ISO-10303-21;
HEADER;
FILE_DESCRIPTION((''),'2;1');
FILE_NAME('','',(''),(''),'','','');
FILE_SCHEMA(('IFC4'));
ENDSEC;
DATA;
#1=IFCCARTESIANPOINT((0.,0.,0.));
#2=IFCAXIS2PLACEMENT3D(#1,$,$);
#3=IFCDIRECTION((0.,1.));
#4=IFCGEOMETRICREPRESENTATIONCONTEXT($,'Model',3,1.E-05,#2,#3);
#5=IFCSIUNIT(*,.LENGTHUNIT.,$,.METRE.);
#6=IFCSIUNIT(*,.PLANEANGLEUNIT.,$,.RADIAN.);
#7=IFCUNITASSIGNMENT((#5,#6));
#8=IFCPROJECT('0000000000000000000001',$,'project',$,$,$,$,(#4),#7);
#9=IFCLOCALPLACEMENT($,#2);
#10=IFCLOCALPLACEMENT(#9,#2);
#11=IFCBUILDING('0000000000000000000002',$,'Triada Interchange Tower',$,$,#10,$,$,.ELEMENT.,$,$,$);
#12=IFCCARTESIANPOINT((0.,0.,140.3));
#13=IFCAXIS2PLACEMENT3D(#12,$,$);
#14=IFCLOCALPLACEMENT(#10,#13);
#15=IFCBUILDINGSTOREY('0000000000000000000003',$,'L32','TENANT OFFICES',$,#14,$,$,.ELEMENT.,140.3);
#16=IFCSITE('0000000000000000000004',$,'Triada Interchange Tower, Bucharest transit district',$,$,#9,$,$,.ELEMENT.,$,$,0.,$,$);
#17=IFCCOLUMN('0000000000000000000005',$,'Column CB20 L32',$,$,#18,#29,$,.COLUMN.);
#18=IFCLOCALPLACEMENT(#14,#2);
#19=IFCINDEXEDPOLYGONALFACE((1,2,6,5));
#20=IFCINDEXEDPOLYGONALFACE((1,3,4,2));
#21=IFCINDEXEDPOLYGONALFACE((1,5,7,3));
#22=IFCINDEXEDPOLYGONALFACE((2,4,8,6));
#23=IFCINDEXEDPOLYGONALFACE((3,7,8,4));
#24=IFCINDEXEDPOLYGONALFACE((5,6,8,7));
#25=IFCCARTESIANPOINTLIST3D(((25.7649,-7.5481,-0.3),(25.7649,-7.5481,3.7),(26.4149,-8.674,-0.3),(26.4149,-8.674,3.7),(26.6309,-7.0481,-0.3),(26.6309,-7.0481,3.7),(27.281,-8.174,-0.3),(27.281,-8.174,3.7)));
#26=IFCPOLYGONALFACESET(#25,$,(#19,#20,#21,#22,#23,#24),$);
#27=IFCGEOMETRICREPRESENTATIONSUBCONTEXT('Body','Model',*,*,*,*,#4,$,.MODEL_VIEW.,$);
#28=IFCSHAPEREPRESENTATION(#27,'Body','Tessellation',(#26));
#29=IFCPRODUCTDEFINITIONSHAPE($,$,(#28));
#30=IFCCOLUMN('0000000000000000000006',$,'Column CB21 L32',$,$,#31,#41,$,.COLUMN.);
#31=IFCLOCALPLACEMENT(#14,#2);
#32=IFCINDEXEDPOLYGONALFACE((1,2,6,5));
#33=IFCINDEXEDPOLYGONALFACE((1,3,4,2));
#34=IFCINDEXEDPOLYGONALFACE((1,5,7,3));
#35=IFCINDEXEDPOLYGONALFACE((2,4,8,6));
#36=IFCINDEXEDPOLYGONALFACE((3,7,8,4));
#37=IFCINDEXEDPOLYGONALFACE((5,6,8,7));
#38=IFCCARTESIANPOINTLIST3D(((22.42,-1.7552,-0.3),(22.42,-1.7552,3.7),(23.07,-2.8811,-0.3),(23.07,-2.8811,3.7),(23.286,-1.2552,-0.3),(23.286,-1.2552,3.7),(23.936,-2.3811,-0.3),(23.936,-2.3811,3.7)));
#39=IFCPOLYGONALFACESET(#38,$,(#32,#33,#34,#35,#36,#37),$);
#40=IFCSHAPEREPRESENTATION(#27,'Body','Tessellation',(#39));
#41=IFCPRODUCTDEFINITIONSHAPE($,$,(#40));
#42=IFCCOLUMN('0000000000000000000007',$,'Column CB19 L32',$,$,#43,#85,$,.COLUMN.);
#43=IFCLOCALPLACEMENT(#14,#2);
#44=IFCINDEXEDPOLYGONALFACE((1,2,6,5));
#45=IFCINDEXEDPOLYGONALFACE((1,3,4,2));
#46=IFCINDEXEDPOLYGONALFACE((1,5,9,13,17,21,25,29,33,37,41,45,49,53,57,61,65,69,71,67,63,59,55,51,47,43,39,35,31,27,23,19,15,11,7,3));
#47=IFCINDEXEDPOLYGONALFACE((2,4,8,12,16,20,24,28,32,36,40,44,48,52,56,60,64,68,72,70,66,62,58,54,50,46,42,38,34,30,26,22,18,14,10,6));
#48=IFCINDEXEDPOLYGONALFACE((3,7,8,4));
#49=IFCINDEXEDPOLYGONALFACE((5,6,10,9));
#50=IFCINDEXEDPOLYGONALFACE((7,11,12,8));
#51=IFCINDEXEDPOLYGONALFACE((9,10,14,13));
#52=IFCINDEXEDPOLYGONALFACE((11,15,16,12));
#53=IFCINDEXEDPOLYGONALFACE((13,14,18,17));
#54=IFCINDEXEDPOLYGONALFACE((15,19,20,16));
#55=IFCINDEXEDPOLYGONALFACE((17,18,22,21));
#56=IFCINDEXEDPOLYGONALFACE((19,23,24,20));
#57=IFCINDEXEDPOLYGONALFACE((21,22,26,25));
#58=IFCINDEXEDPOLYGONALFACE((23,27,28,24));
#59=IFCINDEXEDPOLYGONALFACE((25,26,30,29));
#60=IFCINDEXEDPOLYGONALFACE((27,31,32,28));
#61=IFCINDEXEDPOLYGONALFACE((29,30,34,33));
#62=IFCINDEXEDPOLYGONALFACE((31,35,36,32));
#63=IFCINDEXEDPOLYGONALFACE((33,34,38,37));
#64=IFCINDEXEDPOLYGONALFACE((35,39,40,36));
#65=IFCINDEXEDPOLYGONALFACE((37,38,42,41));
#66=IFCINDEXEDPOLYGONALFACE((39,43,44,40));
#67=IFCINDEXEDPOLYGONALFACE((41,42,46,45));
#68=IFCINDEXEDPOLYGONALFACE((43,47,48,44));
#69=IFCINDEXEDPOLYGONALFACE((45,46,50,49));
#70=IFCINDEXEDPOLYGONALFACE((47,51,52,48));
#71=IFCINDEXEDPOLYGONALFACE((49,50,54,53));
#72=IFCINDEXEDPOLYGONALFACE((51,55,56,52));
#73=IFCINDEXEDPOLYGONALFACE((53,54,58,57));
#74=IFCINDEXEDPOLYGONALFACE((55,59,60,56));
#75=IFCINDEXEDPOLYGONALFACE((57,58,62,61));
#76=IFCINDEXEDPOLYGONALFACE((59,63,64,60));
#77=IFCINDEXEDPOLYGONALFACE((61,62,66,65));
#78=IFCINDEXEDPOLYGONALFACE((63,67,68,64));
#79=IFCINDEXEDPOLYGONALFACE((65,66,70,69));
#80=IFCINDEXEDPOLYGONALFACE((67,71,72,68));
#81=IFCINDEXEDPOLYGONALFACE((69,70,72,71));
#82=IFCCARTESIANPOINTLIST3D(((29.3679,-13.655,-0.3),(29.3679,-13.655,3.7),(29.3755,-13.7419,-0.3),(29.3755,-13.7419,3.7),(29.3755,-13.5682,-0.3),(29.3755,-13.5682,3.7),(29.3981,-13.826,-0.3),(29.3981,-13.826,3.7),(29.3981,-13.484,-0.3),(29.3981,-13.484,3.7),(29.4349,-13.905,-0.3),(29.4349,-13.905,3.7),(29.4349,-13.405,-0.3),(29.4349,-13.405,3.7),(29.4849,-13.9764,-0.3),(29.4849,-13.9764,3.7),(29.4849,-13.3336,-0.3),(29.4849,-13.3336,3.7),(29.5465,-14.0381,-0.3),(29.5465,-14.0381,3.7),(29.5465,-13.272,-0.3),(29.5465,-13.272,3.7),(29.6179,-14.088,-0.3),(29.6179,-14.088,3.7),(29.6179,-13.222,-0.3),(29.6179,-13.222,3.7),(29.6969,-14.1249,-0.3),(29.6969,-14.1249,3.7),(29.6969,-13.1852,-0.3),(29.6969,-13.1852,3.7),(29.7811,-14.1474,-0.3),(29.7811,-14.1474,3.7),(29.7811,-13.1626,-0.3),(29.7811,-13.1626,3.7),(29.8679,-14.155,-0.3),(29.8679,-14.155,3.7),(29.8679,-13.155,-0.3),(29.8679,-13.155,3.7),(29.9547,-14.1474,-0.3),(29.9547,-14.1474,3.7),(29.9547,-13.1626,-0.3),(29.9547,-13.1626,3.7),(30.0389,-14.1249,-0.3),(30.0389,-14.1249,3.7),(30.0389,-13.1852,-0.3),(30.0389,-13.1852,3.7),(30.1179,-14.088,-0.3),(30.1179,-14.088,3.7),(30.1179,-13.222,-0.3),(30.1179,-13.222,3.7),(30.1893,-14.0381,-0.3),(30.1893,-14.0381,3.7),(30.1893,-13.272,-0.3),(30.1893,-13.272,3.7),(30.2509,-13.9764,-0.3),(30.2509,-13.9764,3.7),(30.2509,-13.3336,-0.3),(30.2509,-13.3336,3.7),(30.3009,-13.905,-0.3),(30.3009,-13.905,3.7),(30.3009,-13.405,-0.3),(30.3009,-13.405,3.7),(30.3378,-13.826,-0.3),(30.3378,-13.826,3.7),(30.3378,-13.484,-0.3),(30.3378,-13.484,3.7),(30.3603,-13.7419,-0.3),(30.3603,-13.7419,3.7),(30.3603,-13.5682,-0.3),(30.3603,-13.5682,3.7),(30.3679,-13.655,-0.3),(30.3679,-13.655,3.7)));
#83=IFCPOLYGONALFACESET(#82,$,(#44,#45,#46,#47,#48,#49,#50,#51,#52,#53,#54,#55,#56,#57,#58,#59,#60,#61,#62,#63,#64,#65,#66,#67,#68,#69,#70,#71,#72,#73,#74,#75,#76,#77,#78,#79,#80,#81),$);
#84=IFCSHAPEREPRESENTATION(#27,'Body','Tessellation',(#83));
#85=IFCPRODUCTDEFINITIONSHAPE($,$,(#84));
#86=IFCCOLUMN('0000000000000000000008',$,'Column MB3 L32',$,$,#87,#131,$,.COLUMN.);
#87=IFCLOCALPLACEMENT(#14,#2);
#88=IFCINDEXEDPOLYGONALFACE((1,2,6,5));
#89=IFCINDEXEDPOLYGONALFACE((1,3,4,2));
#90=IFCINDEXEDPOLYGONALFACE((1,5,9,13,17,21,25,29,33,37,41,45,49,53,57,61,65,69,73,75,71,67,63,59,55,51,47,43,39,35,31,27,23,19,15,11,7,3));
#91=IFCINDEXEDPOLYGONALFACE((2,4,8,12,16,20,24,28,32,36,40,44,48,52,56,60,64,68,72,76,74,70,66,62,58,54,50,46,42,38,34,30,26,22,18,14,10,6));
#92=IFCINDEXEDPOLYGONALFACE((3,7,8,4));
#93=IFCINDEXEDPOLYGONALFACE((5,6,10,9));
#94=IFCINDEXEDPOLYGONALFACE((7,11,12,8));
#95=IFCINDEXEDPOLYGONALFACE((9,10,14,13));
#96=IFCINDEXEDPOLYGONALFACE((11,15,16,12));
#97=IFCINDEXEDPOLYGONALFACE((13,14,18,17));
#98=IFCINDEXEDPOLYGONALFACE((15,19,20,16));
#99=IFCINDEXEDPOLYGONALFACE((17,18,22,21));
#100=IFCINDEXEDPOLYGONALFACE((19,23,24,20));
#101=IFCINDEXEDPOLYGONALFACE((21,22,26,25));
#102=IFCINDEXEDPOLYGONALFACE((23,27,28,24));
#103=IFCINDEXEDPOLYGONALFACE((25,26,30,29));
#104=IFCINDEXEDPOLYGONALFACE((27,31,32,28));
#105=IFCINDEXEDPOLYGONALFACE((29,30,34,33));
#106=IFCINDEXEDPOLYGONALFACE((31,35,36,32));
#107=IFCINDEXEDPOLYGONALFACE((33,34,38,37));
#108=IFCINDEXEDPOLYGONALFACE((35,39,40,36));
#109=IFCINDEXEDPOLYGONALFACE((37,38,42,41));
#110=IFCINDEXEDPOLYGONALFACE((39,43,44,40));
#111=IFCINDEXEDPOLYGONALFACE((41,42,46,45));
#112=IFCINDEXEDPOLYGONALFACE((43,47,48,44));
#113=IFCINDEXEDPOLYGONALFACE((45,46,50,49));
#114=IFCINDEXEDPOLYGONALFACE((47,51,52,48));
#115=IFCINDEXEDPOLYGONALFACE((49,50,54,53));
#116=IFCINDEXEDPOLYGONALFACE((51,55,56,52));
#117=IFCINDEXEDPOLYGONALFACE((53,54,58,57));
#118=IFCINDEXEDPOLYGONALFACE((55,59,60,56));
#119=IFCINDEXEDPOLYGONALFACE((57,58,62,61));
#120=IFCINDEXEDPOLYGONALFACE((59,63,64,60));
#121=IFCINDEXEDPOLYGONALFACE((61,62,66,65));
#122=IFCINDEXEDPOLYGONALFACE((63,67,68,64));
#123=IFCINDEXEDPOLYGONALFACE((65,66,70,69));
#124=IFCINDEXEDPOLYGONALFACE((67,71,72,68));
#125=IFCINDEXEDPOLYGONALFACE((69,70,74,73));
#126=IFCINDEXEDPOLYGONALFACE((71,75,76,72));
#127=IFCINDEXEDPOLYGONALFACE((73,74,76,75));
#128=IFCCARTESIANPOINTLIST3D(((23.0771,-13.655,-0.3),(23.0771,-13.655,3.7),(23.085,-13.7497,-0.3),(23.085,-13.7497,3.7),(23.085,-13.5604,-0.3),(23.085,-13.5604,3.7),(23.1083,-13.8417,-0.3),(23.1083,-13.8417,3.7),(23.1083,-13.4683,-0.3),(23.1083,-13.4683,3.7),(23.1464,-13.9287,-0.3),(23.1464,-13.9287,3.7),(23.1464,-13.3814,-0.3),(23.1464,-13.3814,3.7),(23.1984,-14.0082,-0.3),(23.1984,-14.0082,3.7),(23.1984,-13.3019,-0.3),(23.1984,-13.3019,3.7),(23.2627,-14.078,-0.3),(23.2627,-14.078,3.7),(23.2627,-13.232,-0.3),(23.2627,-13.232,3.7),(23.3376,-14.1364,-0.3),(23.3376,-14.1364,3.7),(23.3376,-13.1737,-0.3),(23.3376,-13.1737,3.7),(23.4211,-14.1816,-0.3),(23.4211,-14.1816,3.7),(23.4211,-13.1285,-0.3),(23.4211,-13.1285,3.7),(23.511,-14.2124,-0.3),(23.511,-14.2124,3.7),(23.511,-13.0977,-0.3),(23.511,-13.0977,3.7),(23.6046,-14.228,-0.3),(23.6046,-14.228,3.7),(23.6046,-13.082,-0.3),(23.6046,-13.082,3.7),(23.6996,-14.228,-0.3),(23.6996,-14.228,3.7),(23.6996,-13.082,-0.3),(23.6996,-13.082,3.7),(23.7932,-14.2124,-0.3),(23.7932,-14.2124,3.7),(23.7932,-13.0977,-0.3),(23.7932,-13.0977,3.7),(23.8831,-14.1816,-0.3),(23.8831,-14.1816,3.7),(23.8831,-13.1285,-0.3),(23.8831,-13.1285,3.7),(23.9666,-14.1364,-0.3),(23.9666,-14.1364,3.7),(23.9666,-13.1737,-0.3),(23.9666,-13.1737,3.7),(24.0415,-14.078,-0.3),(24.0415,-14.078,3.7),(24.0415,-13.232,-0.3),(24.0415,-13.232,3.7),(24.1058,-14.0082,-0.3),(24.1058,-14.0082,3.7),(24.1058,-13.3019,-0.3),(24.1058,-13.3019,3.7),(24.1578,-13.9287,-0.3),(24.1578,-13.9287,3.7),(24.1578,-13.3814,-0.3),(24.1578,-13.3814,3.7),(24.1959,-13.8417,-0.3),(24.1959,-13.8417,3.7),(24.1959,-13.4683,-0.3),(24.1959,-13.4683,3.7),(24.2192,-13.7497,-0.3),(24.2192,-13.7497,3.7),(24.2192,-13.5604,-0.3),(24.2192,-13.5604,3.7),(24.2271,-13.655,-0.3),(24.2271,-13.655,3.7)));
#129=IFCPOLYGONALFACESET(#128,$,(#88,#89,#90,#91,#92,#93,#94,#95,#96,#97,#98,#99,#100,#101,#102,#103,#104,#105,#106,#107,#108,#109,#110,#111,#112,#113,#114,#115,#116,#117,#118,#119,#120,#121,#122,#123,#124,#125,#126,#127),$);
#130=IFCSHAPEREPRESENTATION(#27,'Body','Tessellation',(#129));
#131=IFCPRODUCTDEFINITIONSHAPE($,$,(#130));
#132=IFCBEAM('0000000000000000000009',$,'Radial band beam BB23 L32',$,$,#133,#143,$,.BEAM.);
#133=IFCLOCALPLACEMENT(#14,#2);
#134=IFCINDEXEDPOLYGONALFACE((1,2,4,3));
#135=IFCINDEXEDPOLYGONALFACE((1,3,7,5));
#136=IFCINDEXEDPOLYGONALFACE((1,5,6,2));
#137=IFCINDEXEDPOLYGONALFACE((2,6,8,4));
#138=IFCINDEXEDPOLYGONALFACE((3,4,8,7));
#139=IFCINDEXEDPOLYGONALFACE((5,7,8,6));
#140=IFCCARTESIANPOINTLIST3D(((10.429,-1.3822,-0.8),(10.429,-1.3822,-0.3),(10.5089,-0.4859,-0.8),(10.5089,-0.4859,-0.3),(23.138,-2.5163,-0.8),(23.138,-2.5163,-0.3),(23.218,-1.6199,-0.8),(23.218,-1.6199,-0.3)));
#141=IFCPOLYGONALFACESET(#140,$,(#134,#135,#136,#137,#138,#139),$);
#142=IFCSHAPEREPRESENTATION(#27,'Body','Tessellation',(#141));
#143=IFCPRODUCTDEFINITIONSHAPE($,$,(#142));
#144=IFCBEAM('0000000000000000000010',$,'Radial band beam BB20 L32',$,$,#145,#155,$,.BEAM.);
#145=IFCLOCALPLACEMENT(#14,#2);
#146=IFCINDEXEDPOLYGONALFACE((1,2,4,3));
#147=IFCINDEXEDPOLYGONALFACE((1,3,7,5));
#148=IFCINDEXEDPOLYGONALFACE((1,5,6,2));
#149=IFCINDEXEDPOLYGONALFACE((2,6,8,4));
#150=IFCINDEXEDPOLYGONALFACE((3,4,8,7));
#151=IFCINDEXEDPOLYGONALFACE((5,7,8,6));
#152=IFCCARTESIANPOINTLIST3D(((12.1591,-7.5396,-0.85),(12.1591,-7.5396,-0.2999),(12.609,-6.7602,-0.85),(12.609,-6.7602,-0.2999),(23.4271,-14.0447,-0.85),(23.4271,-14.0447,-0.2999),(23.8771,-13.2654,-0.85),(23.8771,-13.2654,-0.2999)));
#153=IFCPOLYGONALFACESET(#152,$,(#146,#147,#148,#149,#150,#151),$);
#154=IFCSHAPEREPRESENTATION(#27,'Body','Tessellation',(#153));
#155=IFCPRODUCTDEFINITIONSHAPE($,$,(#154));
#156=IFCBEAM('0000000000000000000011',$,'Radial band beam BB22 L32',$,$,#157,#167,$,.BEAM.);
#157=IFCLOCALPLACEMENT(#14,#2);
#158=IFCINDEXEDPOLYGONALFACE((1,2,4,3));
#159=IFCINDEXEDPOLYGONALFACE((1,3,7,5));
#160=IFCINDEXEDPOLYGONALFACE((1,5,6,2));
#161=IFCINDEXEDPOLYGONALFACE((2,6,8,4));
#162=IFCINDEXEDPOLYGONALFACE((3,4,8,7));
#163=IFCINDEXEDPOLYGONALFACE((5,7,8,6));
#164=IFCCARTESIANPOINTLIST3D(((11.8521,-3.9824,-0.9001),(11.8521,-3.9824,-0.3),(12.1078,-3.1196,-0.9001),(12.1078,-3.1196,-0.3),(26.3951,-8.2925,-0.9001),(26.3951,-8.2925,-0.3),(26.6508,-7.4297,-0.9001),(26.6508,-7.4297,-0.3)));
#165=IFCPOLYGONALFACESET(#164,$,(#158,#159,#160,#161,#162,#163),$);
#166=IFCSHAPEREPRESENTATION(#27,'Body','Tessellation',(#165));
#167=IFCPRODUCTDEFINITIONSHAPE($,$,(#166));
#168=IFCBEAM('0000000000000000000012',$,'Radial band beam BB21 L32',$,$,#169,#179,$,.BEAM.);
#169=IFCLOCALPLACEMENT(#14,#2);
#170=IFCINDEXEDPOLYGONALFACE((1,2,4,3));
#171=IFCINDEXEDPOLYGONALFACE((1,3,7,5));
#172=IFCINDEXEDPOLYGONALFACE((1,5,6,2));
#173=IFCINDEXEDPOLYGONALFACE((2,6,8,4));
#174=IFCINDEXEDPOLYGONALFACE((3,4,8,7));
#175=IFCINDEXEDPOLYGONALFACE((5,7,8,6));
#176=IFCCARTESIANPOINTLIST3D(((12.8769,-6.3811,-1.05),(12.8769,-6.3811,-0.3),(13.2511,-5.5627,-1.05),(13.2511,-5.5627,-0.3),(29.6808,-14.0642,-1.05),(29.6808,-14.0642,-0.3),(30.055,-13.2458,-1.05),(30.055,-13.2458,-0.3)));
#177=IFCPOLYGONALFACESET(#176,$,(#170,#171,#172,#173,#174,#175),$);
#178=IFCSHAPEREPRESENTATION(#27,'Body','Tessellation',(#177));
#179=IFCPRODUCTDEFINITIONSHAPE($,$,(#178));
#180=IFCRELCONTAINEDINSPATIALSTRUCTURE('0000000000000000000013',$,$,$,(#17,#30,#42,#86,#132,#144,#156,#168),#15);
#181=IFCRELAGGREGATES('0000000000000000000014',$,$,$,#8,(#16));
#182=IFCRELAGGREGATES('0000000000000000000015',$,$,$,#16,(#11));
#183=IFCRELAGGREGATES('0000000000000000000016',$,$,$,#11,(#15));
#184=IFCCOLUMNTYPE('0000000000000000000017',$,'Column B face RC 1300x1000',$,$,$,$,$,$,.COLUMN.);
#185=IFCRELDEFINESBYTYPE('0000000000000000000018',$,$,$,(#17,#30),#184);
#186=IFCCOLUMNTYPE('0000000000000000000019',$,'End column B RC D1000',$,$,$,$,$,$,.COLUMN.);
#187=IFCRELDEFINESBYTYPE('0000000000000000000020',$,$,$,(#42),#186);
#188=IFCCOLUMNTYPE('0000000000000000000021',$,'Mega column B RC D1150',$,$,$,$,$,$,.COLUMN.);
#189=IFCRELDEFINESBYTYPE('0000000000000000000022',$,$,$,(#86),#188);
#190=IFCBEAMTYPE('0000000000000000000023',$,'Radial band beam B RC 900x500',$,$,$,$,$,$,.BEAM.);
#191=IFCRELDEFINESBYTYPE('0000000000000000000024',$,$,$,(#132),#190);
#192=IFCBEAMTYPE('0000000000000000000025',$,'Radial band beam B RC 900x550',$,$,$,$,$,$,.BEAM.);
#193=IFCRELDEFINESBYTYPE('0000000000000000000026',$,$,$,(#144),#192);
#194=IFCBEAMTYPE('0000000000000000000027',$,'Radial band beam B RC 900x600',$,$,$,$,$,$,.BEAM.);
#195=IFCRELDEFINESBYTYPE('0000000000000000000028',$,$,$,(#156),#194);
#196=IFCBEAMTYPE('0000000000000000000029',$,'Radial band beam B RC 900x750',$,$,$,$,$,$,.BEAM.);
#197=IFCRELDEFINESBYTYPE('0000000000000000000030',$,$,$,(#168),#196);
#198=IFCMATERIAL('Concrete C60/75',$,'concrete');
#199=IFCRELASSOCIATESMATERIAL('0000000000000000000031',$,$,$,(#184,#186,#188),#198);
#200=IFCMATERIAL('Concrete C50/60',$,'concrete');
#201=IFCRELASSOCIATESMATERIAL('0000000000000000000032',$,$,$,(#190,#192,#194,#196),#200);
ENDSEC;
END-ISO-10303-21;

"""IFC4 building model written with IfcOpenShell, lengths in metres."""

from ifc_helpers import new_model, si_unit, direction, frame, origin, origin_2d, place, context, subcontext, project, spatial, rectangle, circle, extrude, material, material_profile, profile_set, type_object, element, save


model = new_model("IFC4")

# Units and contexts
model_context = context("Model", 3, precision=1e-05, world=origin(), true_north=direction((0.0, 1.0)))
body_context = subcontext(model_context, "Body", "Model", "MODEL_VIEW")
ifc_project = project(units=[si_unit("LENGTHUNIT", "METRE"), si_unit("PLANEANGLEUNIT", "RADIAN")], contexts=[model_context])

# Site, building, storey
site_placement = place(None, origin())
site = spatial("IfcSite", under=ifc_project, at=site_placement, Name="Triada Interchange Tower, Bucharest transit district", CompositionType="ELEMENT", RefElevation=0.0)
building_placement = place(site_placement, origin())
building = spatial("IfcBuilding", under=site, at=building_placement, Name="Triada Interchange Tower", CompositionType="ELEMENT")
storey_placement = place(building_placement, frame((0.0, 0.0, 140.3)))
storey = spatial("IfcBuildingStorey", under=building, at=storey_placement, Name="L32", Description="TENANT OFFICES", CompositionType="ELEMENT", Elevation=140.3)

# Columns
ifc_material_1 = material(Name="Concrete C60/75", Category="concrete")
ifc_material_profile_1 = material_profile(ifc_material_1, rectangle(XDim=1.3, YDim=1.0, at=origin_2d()), Name="RC 1300x1000")
ifc_profile_set_1 = profile_set([ifc_material_profile_1], Name="Concrete C60/75")
column_type_1 = type_object("IfcColumnType", Name="Column B face RC 1300x1000", PredefinedType="COLUMN", material=ifc_profile_set_1)
for number, where, z_axis, x_axis, name in (
    (1, (26.5229, -7.8611, -0.3), (0.0, 0.0, 1.0), (-0.5, 0.866025, 0.0), "Column CB20 L32"),
    (2, (23.178, -2.0681, -0.3), (0.0, 0.0, 1.0), (-0.5, 0.866025, 0.0), "Column CB21 L32"),
):
    element("IfcColumn", number, at=place(storey_placement, frame(where, z_axis=z_axis, x_axis=x_axis)), inside=storey, type_object=column_type_1, Name=name, PredefinedType="COLUMN", context=body_context, shape_type="SweptSolid", body=[
        extrude(rectangle(XDim=1.3, YDim=1.0, at=origin_2d()), origin(), (0.0, 0.0, 1.0), 4.0),
    ])
ifc_material_profile_2 = material_profile(ifc_material_1, circle(Radius=0.5, at=origin_2d()), Name="RC D1000")
ifc_profile_set_2 = profile_set([ifc_material_profile_2], Name="Concrete C60/75")
column_type_2 = type_object("IfcColumnType", Name="End column B RC D1000", PredefinedType="COLUMN", material=ifc_profile_set_2)
column_1_placement = place(storey_placement, frame((29.8679, -13.655, -0.3), z_axis=(0.0, 0.0, 1.0), x_axis=(-0.5, 0.866025, 0.0)))
element("IfcColumn", 3, at=column_1_placement, inside=storey, type_object=column_type_2, Name="Column CB19 L32", PredefinedType="COLUMN", context=body_context, shape_type="SweptSolid", body=[
    extrude(circle(Radius=0.5, at=origin_2d()), origin(), (0.0, 0.0, 1.0), 4.0),
])
ifc_material_profile_3 = material_profile(ifc_material_1, circle(Radius=0.575, at=origin_2d()), Name="RC D1150")
ifc_profile_set_3 = profile_set([ifc_material_profile_3], Name="Concrete C60/75")
column_type_3 = type_object("IfcColumnType", Name="Mega column B RC D1150", PredefinedType="COLUMN", material=ifc_profile_set_3)
column_2_placement = place(storey_placement, frame((23.6521, -13.655, -0.3), z_axis=(0.0, 0.0, 1.0), x_axis=(1.0, 0.0, 0.0)))
element("IfcColumn", 4, at=column_2_placement, inside=storey, type_object=column_type_3, Name="Column MB3 L32", PredefinedType="COLUMN", context=body_context, shape_type="SweptSolid", body=[
    extrude(circle(Radius=0.575, at=origin_2d()), origin(), (0.0, 0.0, 1.0), 4.0),
])

# Beams
ifc_material_2 = material(Name="Concrete C50/60", Category="concrete")
ifc_material_profile_4 = material_profile(ifc_material_2, rectangle(XDim=0.8999, YDim=0.5, at=origin_2d()), Name="RC 900x500")
ifc_profile_set_4 = profile_set([ifc_material_profile_4], Name="Concrete C50/60")
beam_type_1 = type_object("IfcBeamType", Name="Radial band beam B RC 900x500", PredefinedType="BEAM", material=ifc_profile_set_4)
beam_1_placement = place(storey_placement, frame((23.178, -2.0681, -0.55), z_axis=(-0.996043, 0.088878, 0.0), x_axis=(-0.088878, -0.996043, 0.0)))
element("IfcBeam", 5, at=beam_1_placement, inside=storey, type_object=beam_type_1, Name="Radial band beam BB23 L32", PredefinedType="BEAM", context=body_context, shape_type="SweptSolid", body=[
    extrude(rectangle(XDim=0.8999, YDim=0.5, at=origin_2d()), origin(), (0.0, 0.0, 1.0), 12.7595),
])
ifc_material_profile_5 = material_profile(ifc_material_2, rectangle(XDim=0.8999, YDim=0.55, at=origin_2d()), Name="RC 900x550")
ifc_profile_set_5 = profile_set([ifc_material_profile_5], Name="Concrete C50/60")
beam_type_2 = type_object("IfcBeamType", Name="Radial band beam B RC 900x550", PredefinedType="BEAM", material=ifc_profile_set_5)
beam_2_placement = place(storey_placement, frame((23.6521, -13.655, -0.575), z_axis=(-0.866042, 0.499972, 0.0), x_axis=(-0.499972, -0.866042, 0.0)))
element("IfcBeam", 6, at=beam_2_placement, inside=storey, type_object=beam_type_2, Name="Radial band beam BB20 L32", PredefinedType="BEAM", context=body_context, shape_type="SweptSolid", body=[
    extrude(rectangle(XDim=0.8999, YDim=0.55, at=origin_2d()), origin(), (0.0, 0.0, 1.0), 13.011),
])
ifc_material_profile_6 = material_profile(ifc_material_2, rectangle(XDim=0.8999, YDim=0.6001, at=origin_2d()), Name="RC 900x600")
ifc_profile_set_6 = profile_set([ifc_material_profile_6], Name="Concrete C50/60")
beam_type_3 = type_object("IfcBeamType", Name="Radial band beam B RC 900x600", PredefinedType="BEAM", material=ifc_profile_set_6)
beam_3_placement = place(storey_placement, frame((26.5229, -7.8611, -0.6001), z_axis=(-0.95878, 0.284151, 0.0), x_axis=(-0.284151, -0.95878, 0.0)))
element("IfcBeam", 7, at=beam_3_placement, inside=storey, type_object=beam_type_3, Name="Radial band beam BB22 L32", PredefinedType="BEAM", context=body_context, shape_type="SweptSolid", body=[
    extrude(rectangle(XDim=0.8999, YDim=0.6001, at=origin_2d()), origin(), (0.0, 0.0, 1.0), 15.1682),
])
ifc_material_profile_7 = material_profile(ifc_material_2, rectangle(XDim=0.8999, YDim=0.75, at=origin_2d()), Name="RC 900x750")
ifc_profile_set_7 = profile_set([ifc_material_profile_7], Name="Concrete C50/60")
beam_type_4 = type_object("IfcBeamType", Name="Radial band beam B RC 900x750", PredefinedType="BEAM", material=ifc_profile_set_7)
beam_4_placement = place(storey_placement, frame((29.8679, -13.655, -0.675), z_axis=(-0.909448, 0.415818, 0.0), x_axis=(-0.415818, -0.909448, 0.0)))
element("IfcBeam", 8, at=beam_4_placement, inside=storey, type_object=beam_type_4, Name="Radial band beam BB21 L32", PredefinedType="BEAM", context=body_context, shape_type="SweptSolid", body=[
    extrude(rectangle(XDim=0.8999, YDim=0.75, at=origin_2d()), origin(), (0.0, 0.0, 1.0), 18.4771),
])

save(model, "model.ifc")
